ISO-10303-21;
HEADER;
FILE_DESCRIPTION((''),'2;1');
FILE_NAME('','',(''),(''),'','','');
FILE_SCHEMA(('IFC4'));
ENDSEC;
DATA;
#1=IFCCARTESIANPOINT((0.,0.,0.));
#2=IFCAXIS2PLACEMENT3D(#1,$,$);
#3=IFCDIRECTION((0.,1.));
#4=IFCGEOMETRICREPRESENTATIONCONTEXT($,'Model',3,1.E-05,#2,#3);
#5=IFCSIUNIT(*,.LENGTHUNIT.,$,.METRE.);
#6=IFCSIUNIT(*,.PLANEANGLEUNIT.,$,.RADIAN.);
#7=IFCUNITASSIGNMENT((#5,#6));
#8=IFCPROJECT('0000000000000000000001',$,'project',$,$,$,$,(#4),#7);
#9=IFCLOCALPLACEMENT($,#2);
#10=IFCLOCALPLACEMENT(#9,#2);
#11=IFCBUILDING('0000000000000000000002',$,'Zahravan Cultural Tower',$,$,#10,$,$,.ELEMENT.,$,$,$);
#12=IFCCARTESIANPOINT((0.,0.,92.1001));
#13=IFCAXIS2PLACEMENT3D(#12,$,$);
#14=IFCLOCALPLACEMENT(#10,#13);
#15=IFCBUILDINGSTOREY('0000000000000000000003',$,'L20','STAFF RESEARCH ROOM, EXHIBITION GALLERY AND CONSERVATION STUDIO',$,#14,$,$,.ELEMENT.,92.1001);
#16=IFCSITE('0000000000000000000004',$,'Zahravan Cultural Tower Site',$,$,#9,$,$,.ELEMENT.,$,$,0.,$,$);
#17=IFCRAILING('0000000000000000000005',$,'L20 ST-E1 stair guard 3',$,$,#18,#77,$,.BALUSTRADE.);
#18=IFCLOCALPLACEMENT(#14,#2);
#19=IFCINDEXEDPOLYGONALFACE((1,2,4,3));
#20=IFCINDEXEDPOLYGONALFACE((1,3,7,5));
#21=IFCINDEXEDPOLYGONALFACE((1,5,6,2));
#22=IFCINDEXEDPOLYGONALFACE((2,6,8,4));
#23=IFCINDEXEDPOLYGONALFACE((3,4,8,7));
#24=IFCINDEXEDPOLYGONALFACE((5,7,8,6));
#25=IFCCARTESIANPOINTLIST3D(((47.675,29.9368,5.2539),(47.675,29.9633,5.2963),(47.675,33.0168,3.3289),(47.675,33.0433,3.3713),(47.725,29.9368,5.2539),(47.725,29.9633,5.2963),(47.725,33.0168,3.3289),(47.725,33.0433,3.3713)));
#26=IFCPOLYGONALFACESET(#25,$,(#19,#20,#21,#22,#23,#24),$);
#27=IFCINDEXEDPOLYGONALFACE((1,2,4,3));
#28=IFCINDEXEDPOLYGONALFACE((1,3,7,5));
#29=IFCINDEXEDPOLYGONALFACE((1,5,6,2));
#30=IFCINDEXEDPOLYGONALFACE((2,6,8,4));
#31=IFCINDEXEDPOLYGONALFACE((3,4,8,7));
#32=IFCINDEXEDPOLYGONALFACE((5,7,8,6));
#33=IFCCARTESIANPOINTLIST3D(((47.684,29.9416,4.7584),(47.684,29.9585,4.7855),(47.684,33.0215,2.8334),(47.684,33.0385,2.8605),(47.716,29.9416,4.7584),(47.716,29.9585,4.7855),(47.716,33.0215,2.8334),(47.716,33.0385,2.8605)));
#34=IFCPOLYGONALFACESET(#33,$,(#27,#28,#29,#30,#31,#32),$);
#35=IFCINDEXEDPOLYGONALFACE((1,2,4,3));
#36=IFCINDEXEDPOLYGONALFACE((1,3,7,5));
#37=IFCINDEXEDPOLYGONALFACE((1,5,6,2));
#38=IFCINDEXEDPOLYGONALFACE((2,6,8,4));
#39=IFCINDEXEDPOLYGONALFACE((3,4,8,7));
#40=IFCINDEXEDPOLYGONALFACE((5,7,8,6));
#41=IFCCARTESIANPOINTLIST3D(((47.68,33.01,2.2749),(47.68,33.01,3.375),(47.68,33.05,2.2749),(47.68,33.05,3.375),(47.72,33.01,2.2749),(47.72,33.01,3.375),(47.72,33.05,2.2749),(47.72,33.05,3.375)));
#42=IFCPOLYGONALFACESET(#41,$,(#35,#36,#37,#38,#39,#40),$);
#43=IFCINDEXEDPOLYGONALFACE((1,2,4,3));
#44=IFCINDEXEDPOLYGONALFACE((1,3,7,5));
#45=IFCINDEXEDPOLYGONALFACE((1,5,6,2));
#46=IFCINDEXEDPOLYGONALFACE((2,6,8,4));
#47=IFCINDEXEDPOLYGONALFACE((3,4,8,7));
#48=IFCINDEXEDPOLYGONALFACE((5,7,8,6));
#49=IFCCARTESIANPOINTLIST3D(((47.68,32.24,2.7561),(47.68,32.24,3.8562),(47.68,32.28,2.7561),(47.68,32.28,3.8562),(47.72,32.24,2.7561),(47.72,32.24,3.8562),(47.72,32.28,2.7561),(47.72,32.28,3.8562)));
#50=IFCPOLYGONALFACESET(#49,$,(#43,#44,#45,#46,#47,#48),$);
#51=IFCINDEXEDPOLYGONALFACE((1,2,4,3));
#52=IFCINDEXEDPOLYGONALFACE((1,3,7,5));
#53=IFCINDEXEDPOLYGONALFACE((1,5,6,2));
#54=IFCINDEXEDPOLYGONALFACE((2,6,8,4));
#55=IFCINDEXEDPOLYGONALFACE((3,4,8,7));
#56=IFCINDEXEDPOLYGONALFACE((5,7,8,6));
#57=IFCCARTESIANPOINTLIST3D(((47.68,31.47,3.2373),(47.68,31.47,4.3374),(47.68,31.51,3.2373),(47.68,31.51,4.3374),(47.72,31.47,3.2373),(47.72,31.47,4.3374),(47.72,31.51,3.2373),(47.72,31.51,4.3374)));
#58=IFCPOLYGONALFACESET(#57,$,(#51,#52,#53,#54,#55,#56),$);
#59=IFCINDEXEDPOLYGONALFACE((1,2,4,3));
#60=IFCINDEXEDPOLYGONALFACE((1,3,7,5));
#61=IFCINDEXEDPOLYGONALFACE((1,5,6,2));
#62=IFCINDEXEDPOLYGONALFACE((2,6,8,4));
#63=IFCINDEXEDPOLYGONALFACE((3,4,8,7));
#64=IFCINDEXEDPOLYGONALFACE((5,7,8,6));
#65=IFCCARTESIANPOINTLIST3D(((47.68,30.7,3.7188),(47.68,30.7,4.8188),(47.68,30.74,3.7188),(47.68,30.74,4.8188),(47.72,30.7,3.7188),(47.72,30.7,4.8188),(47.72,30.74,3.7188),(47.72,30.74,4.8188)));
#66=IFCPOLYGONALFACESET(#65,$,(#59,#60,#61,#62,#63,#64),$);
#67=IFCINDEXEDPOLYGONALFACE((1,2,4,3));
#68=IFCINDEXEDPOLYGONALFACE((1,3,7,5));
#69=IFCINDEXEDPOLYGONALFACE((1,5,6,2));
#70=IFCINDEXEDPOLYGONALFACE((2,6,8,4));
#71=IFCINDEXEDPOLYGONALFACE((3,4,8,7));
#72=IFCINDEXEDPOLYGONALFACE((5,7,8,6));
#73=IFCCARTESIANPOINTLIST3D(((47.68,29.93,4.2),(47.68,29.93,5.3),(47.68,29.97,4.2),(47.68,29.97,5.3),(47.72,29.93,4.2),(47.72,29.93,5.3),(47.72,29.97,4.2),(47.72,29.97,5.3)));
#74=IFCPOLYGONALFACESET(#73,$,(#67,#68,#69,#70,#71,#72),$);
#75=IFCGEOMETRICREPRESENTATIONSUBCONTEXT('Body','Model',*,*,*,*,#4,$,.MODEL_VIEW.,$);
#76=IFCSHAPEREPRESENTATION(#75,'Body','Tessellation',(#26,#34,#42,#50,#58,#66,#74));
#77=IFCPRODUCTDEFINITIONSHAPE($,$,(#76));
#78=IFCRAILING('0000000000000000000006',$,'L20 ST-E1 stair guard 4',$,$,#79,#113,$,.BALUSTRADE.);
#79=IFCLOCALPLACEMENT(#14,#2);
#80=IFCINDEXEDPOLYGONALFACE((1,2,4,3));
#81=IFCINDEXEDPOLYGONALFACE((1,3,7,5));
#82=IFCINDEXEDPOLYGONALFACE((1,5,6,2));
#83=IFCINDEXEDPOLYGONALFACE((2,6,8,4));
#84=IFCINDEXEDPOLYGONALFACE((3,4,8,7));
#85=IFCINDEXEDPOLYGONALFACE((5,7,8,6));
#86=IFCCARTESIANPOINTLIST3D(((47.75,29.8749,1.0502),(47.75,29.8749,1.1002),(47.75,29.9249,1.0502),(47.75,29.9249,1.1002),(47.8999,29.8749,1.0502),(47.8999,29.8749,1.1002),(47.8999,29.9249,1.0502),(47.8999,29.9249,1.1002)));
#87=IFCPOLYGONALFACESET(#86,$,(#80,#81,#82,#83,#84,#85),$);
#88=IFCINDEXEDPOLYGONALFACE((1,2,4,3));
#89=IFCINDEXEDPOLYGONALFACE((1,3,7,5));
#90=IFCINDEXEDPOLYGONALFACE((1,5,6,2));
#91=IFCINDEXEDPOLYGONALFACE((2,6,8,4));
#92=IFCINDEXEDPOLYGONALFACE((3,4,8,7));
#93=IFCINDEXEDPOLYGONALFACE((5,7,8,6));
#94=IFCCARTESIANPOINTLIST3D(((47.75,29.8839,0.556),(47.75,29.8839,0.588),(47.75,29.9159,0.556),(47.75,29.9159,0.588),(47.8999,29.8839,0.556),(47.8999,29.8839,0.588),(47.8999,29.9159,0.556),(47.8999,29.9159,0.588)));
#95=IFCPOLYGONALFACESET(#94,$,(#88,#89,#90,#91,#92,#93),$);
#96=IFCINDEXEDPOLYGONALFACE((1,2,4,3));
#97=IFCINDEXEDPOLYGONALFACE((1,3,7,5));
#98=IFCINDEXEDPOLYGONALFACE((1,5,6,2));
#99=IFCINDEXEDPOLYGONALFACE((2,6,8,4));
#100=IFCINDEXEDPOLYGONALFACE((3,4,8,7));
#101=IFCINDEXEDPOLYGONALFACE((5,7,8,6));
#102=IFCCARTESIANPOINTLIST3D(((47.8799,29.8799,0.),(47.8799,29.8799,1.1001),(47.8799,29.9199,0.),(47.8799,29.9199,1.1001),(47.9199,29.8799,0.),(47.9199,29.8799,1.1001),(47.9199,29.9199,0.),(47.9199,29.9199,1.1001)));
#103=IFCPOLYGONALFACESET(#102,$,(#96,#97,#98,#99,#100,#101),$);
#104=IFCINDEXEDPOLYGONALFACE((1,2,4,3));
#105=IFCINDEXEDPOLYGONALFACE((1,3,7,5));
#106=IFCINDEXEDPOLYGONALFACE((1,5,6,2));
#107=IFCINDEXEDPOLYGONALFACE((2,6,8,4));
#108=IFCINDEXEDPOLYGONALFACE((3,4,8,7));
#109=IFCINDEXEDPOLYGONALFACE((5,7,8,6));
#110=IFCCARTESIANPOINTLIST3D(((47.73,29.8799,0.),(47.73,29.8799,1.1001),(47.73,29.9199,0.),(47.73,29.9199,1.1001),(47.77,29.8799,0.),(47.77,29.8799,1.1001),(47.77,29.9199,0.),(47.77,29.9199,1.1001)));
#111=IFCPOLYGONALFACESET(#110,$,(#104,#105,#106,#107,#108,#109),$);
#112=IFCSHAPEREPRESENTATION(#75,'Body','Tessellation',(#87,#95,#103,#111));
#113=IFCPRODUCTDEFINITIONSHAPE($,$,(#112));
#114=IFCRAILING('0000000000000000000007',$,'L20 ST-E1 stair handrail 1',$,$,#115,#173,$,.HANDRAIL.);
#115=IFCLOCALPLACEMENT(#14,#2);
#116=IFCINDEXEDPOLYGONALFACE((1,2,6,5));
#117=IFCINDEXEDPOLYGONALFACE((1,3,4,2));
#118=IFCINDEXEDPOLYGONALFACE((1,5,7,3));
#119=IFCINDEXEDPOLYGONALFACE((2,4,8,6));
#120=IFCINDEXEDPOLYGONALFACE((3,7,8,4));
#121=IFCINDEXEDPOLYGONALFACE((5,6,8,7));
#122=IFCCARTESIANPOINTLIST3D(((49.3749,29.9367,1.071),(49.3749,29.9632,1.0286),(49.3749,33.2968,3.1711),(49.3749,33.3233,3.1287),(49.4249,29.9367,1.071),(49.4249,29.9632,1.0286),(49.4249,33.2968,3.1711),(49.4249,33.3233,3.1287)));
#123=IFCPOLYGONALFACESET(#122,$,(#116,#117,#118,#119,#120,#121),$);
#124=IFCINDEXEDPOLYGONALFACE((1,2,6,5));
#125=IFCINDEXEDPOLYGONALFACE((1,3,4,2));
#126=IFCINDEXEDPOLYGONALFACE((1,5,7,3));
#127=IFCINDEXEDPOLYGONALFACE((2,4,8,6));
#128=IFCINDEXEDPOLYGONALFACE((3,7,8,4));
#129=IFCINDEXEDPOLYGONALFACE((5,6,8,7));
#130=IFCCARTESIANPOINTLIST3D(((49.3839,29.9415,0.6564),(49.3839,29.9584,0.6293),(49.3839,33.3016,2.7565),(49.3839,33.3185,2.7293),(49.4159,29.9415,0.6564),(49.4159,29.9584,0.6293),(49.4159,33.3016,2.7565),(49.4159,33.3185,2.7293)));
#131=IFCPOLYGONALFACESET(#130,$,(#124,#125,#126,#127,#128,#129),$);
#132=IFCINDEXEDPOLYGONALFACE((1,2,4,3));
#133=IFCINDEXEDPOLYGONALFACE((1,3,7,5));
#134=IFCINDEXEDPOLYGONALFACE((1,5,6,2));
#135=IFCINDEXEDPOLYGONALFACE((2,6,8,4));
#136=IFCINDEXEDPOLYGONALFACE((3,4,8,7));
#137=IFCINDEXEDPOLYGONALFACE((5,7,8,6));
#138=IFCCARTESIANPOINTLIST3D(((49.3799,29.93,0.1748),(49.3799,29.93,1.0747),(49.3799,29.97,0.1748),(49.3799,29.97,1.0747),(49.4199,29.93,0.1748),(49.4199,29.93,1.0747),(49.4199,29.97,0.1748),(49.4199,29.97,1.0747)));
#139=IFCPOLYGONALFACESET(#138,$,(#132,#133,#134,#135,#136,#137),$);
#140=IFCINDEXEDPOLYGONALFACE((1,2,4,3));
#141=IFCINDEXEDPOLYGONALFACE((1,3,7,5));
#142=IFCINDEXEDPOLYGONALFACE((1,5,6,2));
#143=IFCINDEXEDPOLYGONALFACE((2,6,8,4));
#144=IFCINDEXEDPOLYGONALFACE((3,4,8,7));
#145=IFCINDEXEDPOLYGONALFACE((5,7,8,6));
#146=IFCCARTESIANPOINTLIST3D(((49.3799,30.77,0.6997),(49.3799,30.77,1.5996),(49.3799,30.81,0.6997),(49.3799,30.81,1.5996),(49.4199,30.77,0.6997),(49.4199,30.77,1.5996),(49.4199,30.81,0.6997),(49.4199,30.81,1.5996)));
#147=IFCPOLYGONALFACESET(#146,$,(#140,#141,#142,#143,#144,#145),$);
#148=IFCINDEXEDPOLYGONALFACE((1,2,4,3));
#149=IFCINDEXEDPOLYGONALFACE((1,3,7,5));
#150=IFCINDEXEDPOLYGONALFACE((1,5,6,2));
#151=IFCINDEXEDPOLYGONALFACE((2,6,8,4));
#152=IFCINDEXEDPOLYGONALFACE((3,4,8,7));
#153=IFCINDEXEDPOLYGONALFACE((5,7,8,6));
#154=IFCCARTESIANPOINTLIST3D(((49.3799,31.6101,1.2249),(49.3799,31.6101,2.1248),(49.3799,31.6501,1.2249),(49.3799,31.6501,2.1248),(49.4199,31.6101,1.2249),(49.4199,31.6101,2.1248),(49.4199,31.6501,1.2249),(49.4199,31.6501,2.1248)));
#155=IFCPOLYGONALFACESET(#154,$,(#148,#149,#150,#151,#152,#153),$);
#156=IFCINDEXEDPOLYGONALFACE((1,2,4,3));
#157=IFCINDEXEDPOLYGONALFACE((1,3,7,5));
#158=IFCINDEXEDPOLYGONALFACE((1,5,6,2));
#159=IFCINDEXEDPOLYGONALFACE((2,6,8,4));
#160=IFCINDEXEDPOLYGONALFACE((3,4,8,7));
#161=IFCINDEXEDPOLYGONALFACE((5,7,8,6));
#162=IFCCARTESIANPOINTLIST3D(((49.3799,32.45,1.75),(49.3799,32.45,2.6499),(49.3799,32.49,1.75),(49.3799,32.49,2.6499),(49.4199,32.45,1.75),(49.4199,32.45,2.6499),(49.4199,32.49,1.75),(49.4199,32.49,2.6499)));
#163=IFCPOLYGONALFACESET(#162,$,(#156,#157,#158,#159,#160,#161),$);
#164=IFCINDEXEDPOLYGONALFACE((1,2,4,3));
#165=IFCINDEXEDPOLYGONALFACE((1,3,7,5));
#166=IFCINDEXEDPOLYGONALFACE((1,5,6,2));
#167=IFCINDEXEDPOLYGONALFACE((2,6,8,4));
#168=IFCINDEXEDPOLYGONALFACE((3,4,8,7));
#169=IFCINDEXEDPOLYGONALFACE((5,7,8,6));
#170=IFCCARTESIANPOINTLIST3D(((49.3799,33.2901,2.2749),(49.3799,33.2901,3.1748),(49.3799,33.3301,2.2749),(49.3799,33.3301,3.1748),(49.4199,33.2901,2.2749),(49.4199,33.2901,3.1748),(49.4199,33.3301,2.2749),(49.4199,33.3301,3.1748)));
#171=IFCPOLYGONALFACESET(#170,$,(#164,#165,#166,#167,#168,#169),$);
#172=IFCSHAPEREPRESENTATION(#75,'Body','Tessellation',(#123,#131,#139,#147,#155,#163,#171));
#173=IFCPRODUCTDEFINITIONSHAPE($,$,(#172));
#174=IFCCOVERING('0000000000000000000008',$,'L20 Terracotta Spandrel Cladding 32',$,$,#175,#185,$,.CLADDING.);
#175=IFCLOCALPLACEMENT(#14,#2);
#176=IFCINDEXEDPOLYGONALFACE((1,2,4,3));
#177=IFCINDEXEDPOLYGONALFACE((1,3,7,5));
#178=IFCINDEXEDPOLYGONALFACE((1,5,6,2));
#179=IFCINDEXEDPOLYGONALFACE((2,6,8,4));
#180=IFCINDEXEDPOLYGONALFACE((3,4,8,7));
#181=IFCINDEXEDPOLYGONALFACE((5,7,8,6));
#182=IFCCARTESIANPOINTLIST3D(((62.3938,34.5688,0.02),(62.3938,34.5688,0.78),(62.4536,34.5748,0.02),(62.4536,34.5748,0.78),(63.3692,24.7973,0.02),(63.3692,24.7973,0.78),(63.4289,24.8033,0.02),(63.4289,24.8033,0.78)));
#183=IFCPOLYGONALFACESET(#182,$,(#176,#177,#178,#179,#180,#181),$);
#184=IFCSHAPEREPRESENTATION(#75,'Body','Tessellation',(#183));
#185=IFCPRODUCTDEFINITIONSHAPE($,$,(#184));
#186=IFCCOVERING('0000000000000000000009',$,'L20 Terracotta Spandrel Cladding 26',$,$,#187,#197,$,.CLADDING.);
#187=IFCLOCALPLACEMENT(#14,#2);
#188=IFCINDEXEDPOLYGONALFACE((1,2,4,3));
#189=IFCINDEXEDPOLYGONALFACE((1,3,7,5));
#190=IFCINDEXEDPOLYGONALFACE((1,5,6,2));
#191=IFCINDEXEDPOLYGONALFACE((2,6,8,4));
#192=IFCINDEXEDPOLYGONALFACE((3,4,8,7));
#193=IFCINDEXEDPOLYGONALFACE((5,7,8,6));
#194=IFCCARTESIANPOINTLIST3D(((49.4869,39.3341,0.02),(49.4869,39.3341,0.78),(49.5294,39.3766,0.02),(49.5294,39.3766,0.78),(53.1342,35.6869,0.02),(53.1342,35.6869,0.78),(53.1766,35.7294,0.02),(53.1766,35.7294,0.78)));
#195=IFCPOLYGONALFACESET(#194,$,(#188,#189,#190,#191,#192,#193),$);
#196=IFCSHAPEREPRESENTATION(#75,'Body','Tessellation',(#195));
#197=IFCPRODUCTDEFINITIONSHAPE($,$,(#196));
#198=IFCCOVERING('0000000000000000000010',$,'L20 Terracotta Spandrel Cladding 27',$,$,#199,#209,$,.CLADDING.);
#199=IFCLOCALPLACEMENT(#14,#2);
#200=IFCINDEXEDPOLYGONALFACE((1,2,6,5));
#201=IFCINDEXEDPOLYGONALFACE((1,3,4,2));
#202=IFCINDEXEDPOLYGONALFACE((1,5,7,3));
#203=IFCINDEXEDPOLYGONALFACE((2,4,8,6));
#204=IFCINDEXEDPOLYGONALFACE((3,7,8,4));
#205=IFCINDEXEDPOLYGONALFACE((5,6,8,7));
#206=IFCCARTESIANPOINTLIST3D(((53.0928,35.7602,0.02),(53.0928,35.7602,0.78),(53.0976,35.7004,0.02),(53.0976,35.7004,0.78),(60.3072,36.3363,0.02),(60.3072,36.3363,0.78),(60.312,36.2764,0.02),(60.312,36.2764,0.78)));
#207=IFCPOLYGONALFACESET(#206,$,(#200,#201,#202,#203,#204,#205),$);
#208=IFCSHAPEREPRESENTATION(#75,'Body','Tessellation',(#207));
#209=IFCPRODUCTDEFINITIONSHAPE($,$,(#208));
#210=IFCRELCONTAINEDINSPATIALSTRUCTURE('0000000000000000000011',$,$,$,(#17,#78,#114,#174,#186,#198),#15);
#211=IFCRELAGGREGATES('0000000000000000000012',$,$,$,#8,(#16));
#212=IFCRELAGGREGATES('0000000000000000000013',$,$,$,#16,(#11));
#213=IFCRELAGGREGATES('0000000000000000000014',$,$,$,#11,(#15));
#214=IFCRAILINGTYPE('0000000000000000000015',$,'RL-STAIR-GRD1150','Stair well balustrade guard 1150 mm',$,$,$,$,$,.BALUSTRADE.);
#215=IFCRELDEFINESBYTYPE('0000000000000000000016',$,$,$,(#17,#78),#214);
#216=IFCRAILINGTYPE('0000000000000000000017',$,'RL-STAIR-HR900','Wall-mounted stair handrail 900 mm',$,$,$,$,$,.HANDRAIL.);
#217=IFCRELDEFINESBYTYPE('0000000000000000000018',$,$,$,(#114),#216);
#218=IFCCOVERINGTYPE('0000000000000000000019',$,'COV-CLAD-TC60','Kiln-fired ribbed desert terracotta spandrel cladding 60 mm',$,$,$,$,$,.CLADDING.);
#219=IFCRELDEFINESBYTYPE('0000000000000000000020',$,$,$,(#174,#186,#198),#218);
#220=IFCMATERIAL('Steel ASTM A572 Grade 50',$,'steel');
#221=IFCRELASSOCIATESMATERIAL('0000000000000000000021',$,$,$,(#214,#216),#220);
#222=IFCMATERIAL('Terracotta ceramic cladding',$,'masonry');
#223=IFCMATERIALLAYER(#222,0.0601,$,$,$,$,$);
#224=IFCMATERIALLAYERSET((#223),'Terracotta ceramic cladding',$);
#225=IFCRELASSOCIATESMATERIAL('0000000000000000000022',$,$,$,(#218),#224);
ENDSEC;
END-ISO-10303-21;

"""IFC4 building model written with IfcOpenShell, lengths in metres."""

from ifc_helpers import new_model, si_unit, direction, frame, origin, origin_2d, place, context, subcontext, project, spatial, rectangle, extrude, source, transform, mapped, material, layer, layer_set, type_object, element, save


model = new_model("IFC4")

# Units and contexts
model_context = context("Model", 3, precision=1e-05, world=origin(), true_north=direction((0.0, 1.0)))
body_context = subcontext(model_context, "Body", "Model", "MODEL_VIEW")
ifc_project = project(units=[si_unit("LENGTHUNIT", "METRE"), si_unit("PLANEANGLEUNIT", "RADIAN")], contexts=[model_context])

# Site, building, storey
site_placement = place(None, origin())
site = spatial("IfcSite", under=ifc_project, at=site_placement, Name="Zahravan Cultural Tower Site", CompositionType="ELEMENT", RefElevation=0.0)
building_placement = place(site_placement, origin())
building = spatial("IfcBuilding", under=site, at=building_placement, Name="Zahravan Cultural Tower", CompositionType="ELEMENT")
storey_placement = place(building_placement, frame((0.0, 0.0, 92.1001)))
storey = spatial("IfcBuildingStorey", under=building, at=storey_placement, Name="L20", Description="STAFF RESEARCH ROOM, EXHIBITION GALLERY AND CONSERVATION STUDIO", CompositionType="ELEMENT", Elevation=92.1001)

# Railings
ifc_material_1 = material(Name="Steel ASTM A572 Grade 50", Category="steel")
railing_type_1 = type_object("IfcRailingType", Name="RL-STAIR-GRD1150", Description="Stair well balustrade guard 1150 mm", PredefinedType="BALUSTRADE", material=ifc_material_1)
railing_1_placement = place(storey_placement, frame((47.7, 33.03, 2.2749)))
element("IfcRailing", 1, at=railing_1_placement, inside=storey, type_object=railing_type_1, Name="L20 ST-E1 stair guard 3", PredefinedType="BALUSTRADE", context=body_context, shape_type="SweptSolid", body=[
    extrude(rectangle(XDim=0.05, YDim=0.05, at=origin_2d()), frame((0.0, 0.0, 1.0752), z_axis=(0.0, -0.847998, 0.529999), x_axis=(1.0, 0.0, 0.0)), (0.0, 0.0, 1.0), 3.6321),
    extrude(rectangle(XDim=0.032, YDim=0.032, at=origin_2d()), frame((0.0, 0.0, 0.572), z_axis=(0.0, -0.847998, 0.529999), x_axis=(1.0, 0.0, 0.0)), (0.0, 0.0, 1.0), 3.6321),
    extrude(rectangle(XDim=0.04, YDim=0.04, at=origin_2d()), origin(), (0.0, 0.0, 1.0), 1.1001),
    extrude(rectangle(XDim=0.04, YDim=0.04, at=origin_2d()), frame((0.0, -0.77, 0.4812)), (0.0, 0.0, 1.0), 1.1001),
    extrude(rectangle(XDim=0.04, YDim=0.04, at=origin_2d()), frame((0.0, -1.54, 0.9624)), (0.0, 0.0, 1.0), 1.1001),
    extrude(rectangle(XDim=0.04, YDim=0.04, at=origin_2d()), frame((0.0, -2.3101, 1.4438)), (0.0, 0.0, 1.0), 1.1001),
    extrude(rectangle(XDim=0.04, YDim=0.04, at=origin_2d()), frame((0.0, -3.0801, 1.925)), (0.0, 0.0, 1.0), 1.1001),
])
railing_2_placement = place(storey_placement, frame((47.8999, 29.8999, 0.0)))
element("IfcRailing", 2, at=railing_2_placement, inside=storey, type_object=railing_type_1, Name="L20 ST-E1 stair guard 4", PredefinedType="BALUSTRADE", context=body_context, shape_type="SweptSolid", body=[
    extrude(rectangle(XDim=0.05, YDim=0.05, at=origin_2d()), frame((0.0, 0.0, 1.0752), z_axis=(-1.0, 0.0, 0.0), x_axis=(0.0, -1.0, 0.0)), (0.0, 0.0, 1.0), 0.1499),
    extrude(rectangle(XDim=0.032, YDim=0.032, at=origin_2d()), frame((0.0, 0.0, 0.572), z_axis=(-1.0, 0.0, 0.0), x_axis=(0.0, -1.0, 0.0)), (0.0, 0.0, 1.0), 0.1499),
    extrude(rectangle(XDim=0.04, YDim=0.04, at=origin_2d()), origin(), (0.0, 0.0, 1.0), 1.1001),
    extrude(rectangle(XDim=0.04, YDim=0.04, at=origin_2d()), frame((-0.1499, 0.0, 0.0)), (0.0, 0.0, 1.0), 1.1001),
])
railing_type_2 = type_object("IfcRailingType", Name="RL-STAIR-HR900", Description="Wall-mounted stair handrail 900 mm", PredefinedType="HANDRAIL", material=ifc_material_1)
railing_3_placement = place(storey_placement, frame((49.3999, 29.95, 0.1748)))
element("IfcRailing", 3, at=railing_3_placement, inside=storey, type_object=railing_type_2, Name="L20 ST-E1 stair handrail 1", PredefinedType="HANDRAIL", context=body_context, shape_type="SweptSolid", body=[
    extrude(rectangle(XDim=0.05, YDim=0.05, at=origin_2d()), frame((0.0, 0.0, 0.875), z_axis=(0.0, 0.847995, 0.530004), x_axis=(-1.0, 0.0, 0.0)), (0.0, 0.0, 1.0), 3.9624),
    extrude(rectangle(XDim=0.032, YDim=0.032, at=origin_2d()), frame((0.0, 0.0, 0.468), z_axis=(0.0, 0.847995, 0.530004), x_axis=(-1.0, 0.0, 0.0)), (0.0, 0.0, 1.0), 3.9624),
    extrude(rectangle(XDim=0.04, YDim=0.04, at=origin_2d()), origin(), (0.0, 0.0, 1.0), 0.8999),
    extrude(rectangle(XDim=0.04, YDim=0.04, at=origin_2d()), frame((0.0, 0.8401, 0.5249)), (0.0, 0.0, 1.0), 0.8999),
    extrude(rectangle(XDim=0.04, YDim=0.04, at=origin_2d()), frame((0.0, 1.6802, 1.05)), (0.0, 0.0, 1.0), 0.8999),
    extrude(rectangle(XDim=0.04, YDim=0.04, at=origin_2d()), frame((0.0, 2.52, 1.5752)), (0.0, 0.0, 1.0), 0.8999),
    extrude(rectangle(XDim=0.04, YDim=0.04, at=origin_2d()), frame((0.0, 3.3601, 2.1001)), (0.0, 0.0, 1.0), 0.8999),
])

# Coverings
ifc_material_2 = material(Name="Terracotta ceramic cladding", Category="masonry")
ifc_layer_1 = layer(ifc_material_2, 0.0601)
ifc_layer_set_1 = layer_set([ifc_layer_1], Name="Terracotta ceramic cladding")
covering_type = type_object("IfcCoveringType", Name="COV-CLAD-TC60", Description="Kiln-fired ribbed desert terracotta spandrel cladding 60 mm", PredefinedType="CLADDING", material=ifc_layer_set_1)
shared_shape_1 = source(origin(), body_context, "Body", "SweptSolid", [
    extrude(rectangle(XDim=9.8201, YDim=0.0601, at=origin_2d()), origin(), (0.0, 0.0, 1.0), 0.76),
])
covering_1_placement = place(storey_placement, frame((62.9114, 29.686, 0.02), z_axis=(0.0, 0.0, 1.0), x_axis=(0.09932, -0.995056, 0.0)))
element("IfcCovering", 4, at=covering_1_placement, inside=storey, type_object=covering_type, Name="L20 Terracotta Spandrel Cladding 32", PredefinedType="CLADDING", context=body_context, shape_type="MappedRepresentation", body=[
    mapped(shared_shape_1, transform((0.0, 0.0, 0.0), x_axis=(1.0, 0.0, 0.0), y_axis=(0.0, 1.0, 0.0), z_axis=(0.0, 0.0, 1.0), scale=1.0)),
])
shared_shape_2 = source(origin(), body_context, "Body", "SweptSolid", [
    extrude(rectangle(XDim=5.158, YDim=0.0601, at=origin_2d()), origin(), (0.0, 0.0, 1.0), 0.76),
])
covering_2_placement = place(storey_placement, frame((51.3318, 37.5317, 0.02), z_axis=(0.0, 0.0, 1.0), x_axis=(0.707107, -0.707107, 0.0)))
element("IfcCovering", 5, at=covering_2_placement, inside=storey, type_object=covering_type, Name="L20 Terracotta Spandrel Cladding 26", PredefinedType="CLADDING", context=body_context, shape_type="MappedRepresentation", body=[
    mapped(shared_shape_2, transform((0.0, 0.0, 0.0), x_axis=(1.0, 0.0, 0.0), y_axis=(0.0, 1.0, 0.0), z_axis=(0.0, 0.0, 1.0), scale=1.0)),
])
shared_shape_3 = source(origin(), body_context, "Body", "SweptSolid", [
    extrude(rectangle(XDim=7.2373, YDim=0.0601, at=origin_2d()), origin(), (0.0, 0.0, 1.0), 0.76),
])
covering_3_placement = place(storey_placement, frame((56.7024, 36.0183, 0.02), z_axis=(0.0, 0.0, 1.0), x_axis=(0.996828, 0.07959, 0.0)))
element("IfcCovering", 6, at=covering_3_placement, inside=storey, type_object=covering_type, Name="L20 Terracotta Spandrel Cladding 27", PredefinedType="CLADDING", context=body_context, shape_type="MappedRepresentation", body=[
    mapped(shared_shape_3, transform((0.0, 0.0, 0.0), x_axis=(1.0, 0.0, 0.0), y_axis=(0.0, 1.0, 0.0), z_axis=(0.0, 0.0, 1.0), scale=1.0)),
])

save(model, "model.ifc")
